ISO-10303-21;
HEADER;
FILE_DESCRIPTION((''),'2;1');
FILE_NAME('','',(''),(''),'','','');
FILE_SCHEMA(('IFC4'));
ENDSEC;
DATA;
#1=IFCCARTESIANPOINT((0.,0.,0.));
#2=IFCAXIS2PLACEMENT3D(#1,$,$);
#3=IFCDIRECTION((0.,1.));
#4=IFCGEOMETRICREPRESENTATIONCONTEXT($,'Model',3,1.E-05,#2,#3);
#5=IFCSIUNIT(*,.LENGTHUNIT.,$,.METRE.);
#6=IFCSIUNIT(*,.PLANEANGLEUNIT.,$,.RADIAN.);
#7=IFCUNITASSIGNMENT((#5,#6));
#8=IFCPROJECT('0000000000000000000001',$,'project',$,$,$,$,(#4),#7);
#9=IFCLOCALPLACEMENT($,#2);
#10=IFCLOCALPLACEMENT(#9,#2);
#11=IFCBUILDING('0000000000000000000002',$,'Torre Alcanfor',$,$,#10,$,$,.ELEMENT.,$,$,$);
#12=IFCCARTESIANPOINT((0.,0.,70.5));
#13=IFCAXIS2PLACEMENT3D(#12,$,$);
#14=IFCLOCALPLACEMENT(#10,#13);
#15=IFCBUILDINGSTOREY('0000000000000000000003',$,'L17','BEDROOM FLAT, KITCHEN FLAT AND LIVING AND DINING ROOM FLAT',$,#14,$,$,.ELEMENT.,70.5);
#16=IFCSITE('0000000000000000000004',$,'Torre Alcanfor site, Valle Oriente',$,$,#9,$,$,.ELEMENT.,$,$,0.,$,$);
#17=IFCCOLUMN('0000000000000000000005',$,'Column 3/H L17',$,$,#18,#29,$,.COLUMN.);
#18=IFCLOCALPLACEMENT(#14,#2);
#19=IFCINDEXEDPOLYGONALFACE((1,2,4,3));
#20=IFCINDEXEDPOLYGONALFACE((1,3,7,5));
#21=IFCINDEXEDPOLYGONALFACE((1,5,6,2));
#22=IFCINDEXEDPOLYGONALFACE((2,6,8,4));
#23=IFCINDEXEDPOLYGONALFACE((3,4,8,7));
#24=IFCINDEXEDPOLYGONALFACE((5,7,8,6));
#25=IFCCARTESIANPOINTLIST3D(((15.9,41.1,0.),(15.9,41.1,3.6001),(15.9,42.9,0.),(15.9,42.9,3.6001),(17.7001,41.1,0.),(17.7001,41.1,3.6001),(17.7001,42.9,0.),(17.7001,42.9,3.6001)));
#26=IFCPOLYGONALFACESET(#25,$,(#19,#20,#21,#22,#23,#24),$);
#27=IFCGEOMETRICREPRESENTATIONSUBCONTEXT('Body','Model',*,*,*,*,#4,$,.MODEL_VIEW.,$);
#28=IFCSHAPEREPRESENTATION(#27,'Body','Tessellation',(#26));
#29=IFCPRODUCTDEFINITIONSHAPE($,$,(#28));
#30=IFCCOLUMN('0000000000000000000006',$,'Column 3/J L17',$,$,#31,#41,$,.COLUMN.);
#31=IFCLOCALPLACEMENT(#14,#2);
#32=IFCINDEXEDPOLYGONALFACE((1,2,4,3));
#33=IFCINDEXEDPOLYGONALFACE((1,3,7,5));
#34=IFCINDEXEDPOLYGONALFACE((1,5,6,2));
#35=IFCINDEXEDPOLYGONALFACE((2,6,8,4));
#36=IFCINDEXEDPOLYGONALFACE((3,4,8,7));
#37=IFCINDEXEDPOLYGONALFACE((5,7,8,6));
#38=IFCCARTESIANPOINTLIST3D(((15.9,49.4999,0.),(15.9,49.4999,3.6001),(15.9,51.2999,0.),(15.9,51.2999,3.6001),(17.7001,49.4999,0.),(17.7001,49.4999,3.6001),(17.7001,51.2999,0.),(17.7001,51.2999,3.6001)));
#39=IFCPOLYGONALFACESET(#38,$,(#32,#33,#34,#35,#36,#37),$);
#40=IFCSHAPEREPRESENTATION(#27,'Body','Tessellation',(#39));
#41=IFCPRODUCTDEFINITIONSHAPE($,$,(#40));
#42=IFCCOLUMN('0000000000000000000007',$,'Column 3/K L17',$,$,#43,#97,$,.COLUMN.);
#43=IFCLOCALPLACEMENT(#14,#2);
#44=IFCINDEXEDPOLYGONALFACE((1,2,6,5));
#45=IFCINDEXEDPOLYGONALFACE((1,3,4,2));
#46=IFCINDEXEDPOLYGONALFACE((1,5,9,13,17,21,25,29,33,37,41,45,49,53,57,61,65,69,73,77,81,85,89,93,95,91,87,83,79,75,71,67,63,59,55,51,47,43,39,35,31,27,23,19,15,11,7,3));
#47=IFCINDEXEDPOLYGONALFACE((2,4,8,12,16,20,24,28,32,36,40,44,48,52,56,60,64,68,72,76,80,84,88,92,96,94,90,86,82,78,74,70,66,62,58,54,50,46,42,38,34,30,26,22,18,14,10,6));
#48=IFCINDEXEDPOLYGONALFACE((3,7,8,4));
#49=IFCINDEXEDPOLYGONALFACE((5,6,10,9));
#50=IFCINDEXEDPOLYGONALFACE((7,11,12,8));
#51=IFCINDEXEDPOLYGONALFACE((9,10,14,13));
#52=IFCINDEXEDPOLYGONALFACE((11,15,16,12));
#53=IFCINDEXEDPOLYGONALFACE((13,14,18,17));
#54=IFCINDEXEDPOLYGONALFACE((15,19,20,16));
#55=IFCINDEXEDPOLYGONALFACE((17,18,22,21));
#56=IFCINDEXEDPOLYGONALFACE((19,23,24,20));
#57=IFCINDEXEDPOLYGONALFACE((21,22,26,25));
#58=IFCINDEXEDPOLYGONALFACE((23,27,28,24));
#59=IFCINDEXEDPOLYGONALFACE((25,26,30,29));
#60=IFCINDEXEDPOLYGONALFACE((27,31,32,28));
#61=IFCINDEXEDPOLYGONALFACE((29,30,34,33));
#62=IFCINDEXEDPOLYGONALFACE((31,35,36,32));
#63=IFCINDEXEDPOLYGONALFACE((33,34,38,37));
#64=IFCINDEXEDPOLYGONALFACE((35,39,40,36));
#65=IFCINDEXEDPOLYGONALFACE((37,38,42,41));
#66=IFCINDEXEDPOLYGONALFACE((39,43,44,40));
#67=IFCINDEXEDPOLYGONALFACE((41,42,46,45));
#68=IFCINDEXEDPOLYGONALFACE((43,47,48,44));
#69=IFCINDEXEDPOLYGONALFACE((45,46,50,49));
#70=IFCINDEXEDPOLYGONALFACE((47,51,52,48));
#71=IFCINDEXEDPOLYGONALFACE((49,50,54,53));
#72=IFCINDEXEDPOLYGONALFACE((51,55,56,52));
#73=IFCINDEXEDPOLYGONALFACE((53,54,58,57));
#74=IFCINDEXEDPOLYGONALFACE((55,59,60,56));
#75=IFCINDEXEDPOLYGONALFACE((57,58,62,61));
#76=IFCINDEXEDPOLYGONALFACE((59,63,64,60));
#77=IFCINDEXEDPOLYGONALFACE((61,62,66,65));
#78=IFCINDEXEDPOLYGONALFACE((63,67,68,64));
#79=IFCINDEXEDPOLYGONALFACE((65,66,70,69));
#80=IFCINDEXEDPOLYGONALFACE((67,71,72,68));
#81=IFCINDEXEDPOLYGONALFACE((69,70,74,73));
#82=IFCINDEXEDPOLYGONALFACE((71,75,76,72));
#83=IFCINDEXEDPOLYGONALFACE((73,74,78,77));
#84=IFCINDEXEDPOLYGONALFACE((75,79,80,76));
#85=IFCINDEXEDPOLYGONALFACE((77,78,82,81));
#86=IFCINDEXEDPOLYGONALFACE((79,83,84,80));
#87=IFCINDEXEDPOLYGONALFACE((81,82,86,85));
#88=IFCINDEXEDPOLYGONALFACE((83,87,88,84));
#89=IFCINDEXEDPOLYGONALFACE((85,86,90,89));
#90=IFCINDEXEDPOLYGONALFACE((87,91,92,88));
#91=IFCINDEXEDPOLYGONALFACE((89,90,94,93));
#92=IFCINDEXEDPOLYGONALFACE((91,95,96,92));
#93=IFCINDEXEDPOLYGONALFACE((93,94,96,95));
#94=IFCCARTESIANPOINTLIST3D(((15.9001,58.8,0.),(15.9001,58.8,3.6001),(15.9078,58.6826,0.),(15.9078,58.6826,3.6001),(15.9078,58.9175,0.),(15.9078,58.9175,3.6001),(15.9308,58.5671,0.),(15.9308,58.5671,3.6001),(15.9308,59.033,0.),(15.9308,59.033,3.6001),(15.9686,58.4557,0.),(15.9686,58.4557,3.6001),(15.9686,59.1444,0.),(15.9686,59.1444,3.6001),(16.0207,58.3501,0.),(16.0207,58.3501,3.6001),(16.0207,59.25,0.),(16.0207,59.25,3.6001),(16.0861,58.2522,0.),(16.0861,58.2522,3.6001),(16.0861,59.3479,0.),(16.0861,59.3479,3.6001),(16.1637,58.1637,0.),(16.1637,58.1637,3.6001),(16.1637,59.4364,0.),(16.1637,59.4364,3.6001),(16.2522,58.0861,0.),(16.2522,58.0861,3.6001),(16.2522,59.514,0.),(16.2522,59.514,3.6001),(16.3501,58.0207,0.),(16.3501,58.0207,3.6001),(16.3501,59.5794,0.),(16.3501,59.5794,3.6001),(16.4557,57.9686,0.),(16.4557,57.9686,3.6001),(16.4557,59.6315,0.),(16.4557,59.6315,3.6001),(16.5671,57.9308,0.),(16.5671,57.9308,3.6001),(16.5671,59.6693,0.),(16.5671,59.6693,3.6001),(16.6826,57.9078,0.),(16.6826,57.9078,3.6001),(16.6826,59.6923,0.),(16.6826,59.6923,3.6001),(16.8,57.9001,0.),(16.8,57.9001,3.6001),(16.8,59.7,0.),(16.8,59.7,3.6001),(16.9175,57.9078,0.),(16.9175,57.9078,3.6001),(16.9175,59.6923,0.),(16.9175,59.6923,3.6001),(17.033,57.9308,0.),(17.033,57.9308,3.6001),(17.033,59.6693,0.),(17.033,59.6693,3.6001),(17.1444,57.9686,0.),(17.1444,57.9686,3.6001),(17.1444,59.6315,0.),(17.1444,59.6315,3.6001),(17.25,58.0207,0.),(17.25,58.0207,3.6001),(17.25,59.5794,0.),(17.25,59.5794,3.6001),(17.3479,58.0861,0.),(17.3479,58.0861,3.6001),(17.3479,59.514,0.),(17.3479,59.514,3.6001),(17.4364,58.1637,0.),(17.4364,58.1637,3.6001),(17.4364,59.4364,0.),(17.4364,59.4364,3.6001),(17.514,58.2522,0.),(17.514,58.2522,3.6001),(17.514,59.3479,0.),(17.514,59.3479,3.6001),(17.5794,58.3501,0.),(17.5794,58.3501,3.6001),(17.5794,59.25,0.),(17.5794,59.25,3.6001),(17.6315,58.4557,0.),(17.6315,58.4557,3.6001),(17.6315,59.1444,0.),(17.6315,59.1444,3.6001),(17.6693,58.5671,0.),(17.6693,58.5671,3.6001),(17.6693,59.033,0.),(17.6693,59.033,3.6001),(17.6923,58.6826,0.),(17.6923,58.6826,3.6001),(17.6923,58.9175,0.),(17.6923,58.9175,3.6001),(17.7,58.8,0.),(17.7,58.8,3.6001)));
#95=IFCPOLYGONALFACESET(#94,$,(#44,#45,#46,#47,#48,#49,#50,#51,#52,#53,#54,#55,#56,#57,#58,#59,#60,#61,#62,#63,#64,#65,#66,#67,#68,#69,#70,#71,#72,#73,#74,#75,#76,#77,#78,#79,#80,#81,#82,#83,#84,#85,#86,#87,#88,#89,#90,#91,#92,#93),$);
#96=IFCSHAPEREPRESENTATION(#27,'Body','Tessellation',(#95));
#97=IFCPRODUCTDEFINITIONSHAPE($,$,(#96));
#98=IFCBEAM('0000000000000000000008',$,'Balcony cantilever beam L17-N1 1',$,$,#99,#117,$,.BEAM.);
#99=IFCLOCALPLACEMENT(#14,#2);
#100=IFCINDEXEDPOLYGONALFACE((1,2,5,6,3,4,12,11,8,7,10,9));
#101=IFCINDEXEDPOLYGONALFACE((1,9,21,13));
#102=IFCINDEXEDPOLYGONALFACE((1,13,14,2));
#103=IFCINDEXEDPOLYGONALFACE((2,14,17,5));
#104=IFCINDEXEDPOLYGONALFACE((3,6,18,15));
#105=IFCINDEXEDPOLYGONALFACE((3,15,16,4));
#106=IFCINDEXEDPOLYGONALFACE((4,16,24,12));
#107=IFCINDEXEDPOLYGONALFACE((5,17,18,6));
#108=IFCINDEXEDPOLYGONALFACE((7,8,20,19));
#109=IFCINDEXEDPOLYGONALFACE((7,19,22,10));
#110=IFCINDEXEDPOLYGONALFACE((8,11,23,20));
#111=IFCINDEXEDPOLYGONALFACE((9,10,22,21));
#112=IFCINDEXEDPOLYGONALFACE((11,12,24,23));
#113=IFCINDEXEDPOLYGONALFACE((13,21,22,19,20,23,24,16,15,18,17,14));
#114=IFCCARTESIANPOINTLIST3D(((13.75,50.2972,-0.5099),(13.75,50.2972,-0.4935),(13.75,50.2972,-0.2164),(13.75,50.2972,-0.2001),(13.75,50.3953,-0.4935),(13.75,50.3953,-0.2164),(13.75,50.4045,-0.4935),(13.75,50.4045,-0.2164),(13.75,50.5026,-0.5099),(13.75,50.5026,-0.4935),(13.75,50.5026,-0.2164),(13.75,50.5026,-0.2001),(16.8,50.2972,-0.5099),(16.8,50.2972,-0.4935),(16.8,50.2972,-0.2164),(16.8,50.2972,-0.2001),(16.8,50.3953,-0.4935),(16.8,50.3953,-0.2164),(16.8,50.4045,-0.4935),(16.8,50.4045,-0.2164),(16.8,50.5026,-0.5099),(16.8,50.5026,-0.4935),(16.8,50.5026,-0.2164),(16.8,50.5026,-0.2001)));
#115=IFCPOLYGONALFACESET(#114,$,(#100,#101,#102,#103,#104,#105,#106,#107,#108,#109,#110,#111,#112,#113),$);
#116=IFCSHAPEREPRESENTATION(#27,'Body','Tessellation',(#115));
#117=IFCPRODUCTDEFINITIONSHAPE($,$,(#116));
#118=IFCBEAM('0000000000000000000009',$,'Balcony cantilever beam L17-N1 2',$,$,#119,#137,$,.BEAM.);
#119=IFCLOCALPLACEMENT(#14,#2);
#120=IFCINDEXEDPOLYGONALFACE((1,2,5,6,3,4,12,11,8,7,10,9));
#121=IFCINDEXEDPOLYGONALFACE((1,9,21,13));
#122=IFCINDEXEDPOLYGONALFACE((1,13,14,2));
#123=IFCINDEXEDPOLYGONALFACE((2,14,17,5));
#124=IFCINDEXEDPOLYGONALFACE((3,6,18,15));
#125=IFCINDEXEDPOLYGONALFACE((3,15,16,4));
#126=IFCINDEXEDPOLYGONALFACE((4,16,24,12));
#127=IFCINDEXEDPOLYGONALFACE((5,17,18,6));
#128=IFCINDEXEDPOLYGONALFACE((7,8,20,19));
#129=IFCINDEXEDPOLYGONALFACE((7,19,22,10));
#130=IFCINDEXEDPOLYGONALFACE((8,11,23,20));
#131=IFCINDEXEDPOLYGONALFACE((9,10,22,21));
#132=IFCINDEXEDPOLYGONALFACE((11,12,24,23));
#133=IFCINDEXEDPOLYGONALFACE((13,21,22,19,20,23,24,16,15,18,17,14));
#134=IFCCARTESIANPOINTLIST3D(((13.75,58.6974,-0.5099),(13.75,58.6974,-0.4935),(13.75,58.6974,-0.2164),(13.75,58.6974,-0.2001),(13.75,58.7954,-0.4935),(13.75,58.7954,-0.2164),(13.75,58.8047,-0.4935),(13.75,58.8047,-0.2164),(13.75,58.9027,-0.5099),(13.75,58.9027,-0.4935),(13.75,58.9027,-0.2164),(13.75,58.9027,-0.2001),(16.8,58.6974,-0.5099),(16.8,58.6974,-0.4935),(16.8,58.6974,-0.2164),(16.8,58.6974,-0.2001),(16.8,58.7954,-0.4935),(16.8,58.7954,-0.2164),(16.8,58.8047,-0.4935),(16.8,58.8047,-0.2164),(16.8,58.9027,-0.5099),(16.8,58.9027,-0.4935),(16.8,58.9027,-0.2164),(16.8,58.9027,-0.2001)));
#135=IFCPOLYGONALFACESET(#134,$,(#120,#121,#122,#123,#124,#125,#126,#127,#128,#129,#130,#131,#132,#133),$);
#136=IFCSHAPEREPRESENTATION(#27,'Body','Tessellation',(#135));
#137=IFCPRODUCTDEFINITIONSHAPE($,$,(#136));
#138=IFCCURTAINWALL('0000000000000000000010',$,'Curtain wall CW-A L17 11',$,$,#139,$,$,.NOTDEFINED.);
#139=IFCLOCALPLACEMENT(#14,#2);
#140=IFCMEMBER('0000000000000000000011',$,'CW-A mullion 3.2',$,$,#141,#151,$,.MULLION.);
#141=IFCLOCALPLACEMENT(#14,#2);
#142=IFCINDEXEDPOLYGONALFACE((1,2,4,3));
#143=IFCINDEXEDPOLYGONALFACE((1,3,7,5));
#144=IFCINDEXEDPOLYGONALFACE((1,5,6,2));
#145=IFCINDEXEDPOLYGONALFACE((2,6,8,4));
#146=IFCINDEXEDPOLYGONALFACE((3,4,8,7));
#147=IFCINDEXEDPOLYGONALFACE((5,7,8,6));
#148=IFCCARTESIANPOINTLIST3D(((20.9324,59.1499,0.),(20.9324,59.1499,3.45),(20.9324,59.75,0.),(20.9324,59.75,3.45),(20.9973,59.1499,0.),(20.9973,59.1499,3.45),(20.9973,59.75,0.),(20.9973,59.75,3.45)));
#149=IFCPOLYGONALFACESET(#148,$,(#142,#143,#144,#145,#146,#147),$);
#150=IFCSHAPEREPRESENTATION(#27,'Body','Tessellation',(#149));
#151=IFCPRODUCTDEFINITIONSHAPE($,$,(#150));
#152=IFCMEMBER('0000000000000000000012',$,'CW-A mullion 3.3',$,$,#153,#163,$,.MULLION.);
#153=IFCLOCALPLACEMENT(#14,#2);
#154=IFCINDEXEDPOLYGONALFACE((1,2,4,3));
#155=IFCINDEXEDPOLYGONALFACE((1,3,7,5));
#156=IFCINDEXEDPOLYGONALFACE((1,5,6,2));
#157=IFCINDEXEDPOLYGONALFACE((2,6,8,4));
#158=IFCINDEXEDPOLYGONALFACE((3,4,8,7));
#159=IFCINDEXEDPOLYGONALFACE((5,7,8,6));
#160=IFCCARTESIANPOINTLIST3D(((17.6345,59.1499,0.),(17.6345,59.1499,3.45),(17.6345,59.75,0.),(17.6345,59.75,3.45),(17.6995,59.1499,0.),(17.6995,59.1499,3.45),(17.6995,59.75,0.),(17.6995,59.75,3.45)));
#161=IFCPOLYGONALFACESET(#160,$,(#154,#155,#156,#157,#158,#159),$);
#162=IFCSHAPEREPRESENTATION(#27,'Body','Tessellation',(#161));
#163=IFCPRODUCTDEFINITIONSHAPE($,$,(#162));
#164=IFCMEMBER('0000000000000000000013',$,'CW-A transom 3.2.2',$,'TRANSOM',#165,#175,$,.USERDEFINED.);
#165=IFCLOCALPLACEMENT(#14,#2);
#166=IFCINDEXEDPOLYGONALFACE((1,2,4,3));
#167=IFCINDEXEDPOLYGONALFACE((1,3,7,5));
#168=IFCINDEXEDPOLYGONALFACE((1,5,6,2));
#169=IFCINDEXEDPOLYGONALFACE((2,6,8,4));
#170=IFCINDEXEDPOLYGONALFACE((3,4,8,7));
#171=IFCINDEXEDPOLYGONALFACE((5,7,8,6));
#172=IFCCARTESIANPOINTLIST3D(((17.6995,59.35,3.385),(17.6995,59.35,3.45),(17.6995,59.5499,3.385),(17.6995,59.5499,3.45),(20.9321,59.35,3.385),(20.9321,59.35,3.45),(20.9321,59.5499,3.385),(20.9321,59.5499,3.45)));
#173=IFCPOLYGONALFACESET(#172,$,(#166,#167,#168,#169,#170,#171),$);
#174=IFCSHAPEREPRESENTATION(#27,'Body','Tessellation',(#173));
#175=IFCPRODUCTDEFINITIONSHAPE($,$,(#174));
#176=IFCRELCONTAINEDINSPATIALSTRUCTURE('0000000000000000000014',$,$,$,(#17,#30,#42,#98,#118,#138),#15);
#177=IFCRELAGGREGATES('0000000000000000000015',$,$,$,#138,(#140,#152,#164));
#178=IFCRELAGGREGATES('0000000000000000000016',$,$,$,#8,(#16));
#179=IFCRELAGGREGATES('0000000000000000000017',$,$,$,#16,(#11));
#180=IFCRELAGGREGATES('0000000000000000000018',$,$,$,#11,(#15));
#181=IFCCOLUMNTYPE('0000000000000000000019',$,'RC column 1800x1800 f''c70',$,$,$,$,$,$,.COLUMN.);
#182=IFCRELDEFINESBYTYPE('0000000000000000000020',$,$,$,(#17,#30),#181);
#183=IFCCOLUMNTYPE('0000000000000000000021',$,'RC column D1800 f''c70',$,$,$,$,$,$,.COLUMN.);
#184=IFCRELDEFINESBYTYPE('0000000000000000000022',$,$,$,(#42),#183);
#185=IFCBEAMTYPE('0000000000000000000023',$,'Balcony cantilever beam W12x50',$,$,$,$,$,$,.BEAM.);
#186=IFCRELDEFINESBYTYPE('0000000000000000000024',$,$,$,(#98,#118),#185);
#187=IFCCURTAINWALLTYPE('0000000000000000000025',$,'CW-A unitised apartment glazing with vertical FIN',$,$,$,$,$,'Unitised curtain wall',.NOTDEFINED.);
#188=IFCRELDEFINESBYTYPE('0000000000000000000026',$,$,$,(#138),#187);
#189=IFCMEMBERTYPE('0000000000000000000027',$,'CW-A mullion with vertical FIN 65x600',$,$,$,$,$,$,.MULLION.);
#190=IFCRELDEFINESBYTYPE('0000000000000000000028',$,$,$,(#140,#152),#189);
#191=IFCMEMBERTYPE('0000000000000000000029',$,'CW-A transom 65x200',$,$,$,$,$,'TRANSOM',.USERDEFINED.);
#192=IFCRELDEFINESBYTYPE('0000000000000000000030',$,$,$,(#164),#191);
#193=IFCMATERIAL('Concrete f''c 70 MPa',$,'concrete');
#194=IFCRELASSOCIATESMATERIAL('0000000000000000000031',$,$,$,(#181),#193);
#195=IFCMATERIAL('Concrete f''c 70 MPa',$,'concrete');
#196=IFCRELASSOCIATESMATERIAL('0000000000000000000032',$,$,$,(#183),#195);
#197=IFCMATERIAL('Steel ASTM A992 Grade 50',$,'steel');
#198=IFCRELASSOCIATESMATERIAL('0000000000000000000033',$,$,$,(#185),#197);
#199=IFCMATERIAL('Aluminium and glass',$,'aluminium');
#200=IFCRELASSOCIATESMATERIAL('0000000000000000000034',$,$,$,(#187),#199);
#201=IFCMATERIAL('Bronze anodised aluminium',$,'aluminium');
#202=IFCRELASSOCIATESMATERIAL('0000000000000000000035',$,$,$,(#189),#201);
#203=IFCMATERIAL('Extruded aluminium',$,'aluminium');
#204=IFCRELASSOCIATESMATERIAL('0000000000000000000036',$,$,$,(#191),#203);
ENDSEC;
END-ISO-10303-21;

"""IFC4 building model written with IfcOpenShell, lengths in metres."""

from ifc_helpers import new_model, si_unit, direction, frame, origin, origin_2d, place, context, subcontext, project, spatial, rectangle, circle, i_section, extrude, material, material_profile, profile_set, type_object, element, aggregate, save


model = new_model("IFC4")

# Units and contexts
model_context = context("Model", 3, precision=1e-05, world=origin(), true_north=direction((0.0, 1.0)))
body_context = subcontext(model_context, "Body", "Model", "MODEL_VIEW")
ifc_project = project(units=[si_unit("LENGTHUNIT", "METRE"), si_unit("PLANEANGLEUNIT", "RADIAN")], contexts=[model_context])

# Site, building, storey
site_placement = place(None, origin())
site = spatial("IfcSite", under=ifc_project, at=site_placement, Name="Torre Alcanfor site, Valle Oriente", CompositionType="ELEMENT", RefElevation=0.0)
building_placement = place(site_placement, origin())
building = spatial("IfcBuilding", under=site, at=building_placement, Name="Torre Alcanfor", CompositionType="ELEMENT")
storey_placement = place(building_placement, frame((0.0, 0.0, 70.5)))
storey = spatial("IfcBuildingStorey", under=building, at=storey_placement, Name="L17", Description="BEDROOM FLAT, KITCHEN FLAT AND LIVING AND DINING ROOM FLAT", CompositionType="ELEMENT", Elevation=70.5)

# Columns
ifc_material_1 = material(Name="Concrete f'c 70 MPa", Category="concrete")
ifc_material_profile_1 = material_profile(ifc_material_1, rectangle(XDim=1.8, YDim=1.8, at=origin_2d()), Name="1800x1800")
ifc_profile_set_1 = profile_set([ifc_material_profile_1], Name="Concrete f'c 70 MPa")
column_type_1 = type_object("IfcColumnType", Name="RC column 1800x1800 f'c70", PredefinedType="COLUMN", material=ifc_profile_set_1)
for number, where, z_axis, x_axis, name in (
    (1, (16.8, 42.0, 0.0), (0.0, 0.0, 1.0), (1.0, 0.0, 0.0), "Column 3/H L17"),
    (2, (16.8, 50.3999, 0.0), (0.0, 0.0, 1.0), (1.0, 0.0, 0.0), "Column 3/J L17"),
):
    element("IfcColumn", number, at=place(storey_placement, frame(where, z_axis=z_axis, x_axis=x_axis)), inside=storey, type_object=column_type_1, Name=name, PredefinedType="COLUMN", context=body_context, shape_type="SweptSolid", body=[
        extrude(rectangle(XDim=1.8, YDim=1.8, at=origin_2d()), origin(), (0.0, 0.0, 1.0), 3.6001),
    ])
ifc_material_2 = material(Name="Concrete f'c 70 MPa", Category="concrete")
ifc_material_profile_2 = material_profile(ifc_material_2, circle(Radius=0.8999, at=origin_2d()), Name="D1800")
ifc_profile_set_2 = profile_set([ifc_material_profile_2], Name="Concrete f'c 70 MPa")
column_type_2 = type_object("IfcColumnType", Name="RC column D1800 f'c70", PredefinedType="COLUMN", material=ifc_profile_set_2)
column_placement = place(storey_placement, frame((16.8, 58.8, 0.0), z_axis=(0.0, 0.0, 1.0), x_axis=(1.0, 0.0, 0.0)))
element("IfcColumn", 3, at=column_placement, inside=storey, type_object=column_type_2, Name="Column 3/K L17", PredefinedType="COLUMN", context=body_context, shape_type="SweptSolid", body=[
    extrude(circle(Radius=0.8999, at=origin_2d()), origin(), (0.0, 0.0, 1.0), 3.6001),
])

# Beams
ifc_material_3 = material(Name="Steel ASTM A992 Grade 50", Category="steel")
ifc_material_profile_3 = material_profile(ifc_material_3, i_section(OverallWidth=0.2053, OverallDepth=0.3098, WebThickness=0.0093, FlangeThickness=0.0164, at=origin_2d()), Name="W12x50")
ifc_profile_set_3 = profile_set([ifc_material_profile_3], Name="Steel ASTM A992 Grade 50")
beam_type_1 = type_object("IfcBeamType", Name="Balcony cantilever beam W12x50", PredefinedType="BEAM", material=ifc_profile_set_3)
for number, where, z_axis, x_axis, name in (
    (4, (16.8, 50.3999, -0.355), (-1.0, 0.0, 0.0), (0.0, -1.0, 0.0), "Balcony cantilever beam L17-N1 1"),
    (5, (16.8, 58.8, -0.355), (-1.0, 0.0, 0.0), (0.0, -1.0, 0.0), "Balcony cantilever beam L17-N1 2"),
):
    element("IfcBeam", number, at=place(storey_placement, frame(where, z_axis=z_axis, x_axis=x_axis)), inside=storey, type_object=beam_type_1, Name=name, PredefinedType="BEAM", context=body_context, shape_type="SweptSolid", body=[
        extrude(i_section(OverallWidth=0.2053, OverallDepth=0.3098, WebThickness=0.0093, FlangeThickness=0.0164, at=origin_2d()), origin(), (0.0, 0.0, 1.0), 3.05),
    ])

# Curtain wall, members
ifc_material_4 = material(Name="Aluminium and glass", Category="aluminium")
curtain_wall_type = type_object("IfcCurtainWallType", Name="CW-A unitised apartment glazing with vertical FIN", ElementType="Unitised curtain wall", PredefinedType="NOTDEFINED", material=ifc_material_4)
curtain_wall_placement = place(storey_placement, origin())
curtain_wall = element("IfcCurtainWall", 6, at=curtain_wall_placement, inside=storey, type_object=curtain_wall_type, Name="Curtain wall CW-A L17 11", PredefinedType="NOTDEFINED")
ifc_material_5 = material(Name="Bronze anodised aluminium", Category="aluminium")
ifc_material_profile_4 = material_profile(ifc_material_5, rectangle(XDim=0.6001, YDim=0.0649, at=origin_2d()), Name="CW-A mullion 65x600")
ifc_profile_set_4 = profile_set([ifc_material_profile_4], Name="Bronze anodised aluminium")
member_type_1 = type_object("IfcMemberType", Name="CW-A mullion with vertical FIN 65x600", PredefinedType="MULLION", material=ifc_profile_set_4)
member_1_placement = place(storey_placement, frame((20.9648, 59.45, 0.0), z_axis=(0.0, 0.0, 1.0), x_axis=(0.0, -1.0, 0.0)))
member_1 = element("IfcMember", 7, at=member_1_placement, type_object=member_type_1, Name="CW-A mullion 3.2", PredefinedType="MULLION", context=body_context, shape_type="SweptSolid", body=[
    extrude(rectangle(XDim=0.6001, YDim=0.0649, at=origin_2d()), origin(), (0.0, 0.0, 1.0), 3.45),
])
member_2_placement = place(storey_placement, frame((17.667, 59.45, 0.0), z_axis=(0.0, 0.0, 1.0), x_axis=(0.0, -1.0, 0.0)))
member_2 = element("IfcMember", 8, at=member_2_placement, type_object=member_type_1, Name="CW-A mullion 3.3", PredefinedType="MULLION", context=body_context, shape_type="SweptSolid", body=[
    extrude(rectangle(XDim=0.6001, YDim=0.0649, at=origin_2d()), origin(), (0.0, 0.0, 1.0), 3.45),
])
ifc_material_6 = material(Name="Extruded aluminium", Category="aluminium")
ifc_material_profile_5 = material_profile(ifc_material_6, rectangle(XDim=0.2, YDim=0.0649, at=origin_2d()), Name="CW-A transom 200x65")
ifc_profile_set_5 = profile_set([ifc_material_profile_5], Name="Extruded aluminium")
member_type_2 = type_object("IfcMemberType", Name="CW-A transom 65x200", ElementType="TRANSOM", PredefinedType="USERDEFINED", material=ifc_profile_set_5)
member_3_placement = place(storey_placement, frame((20.9321, 59.45, 3.4175), z_axis=(-1.0, 0.0, 0.0), x_axis=(0.0, -1.0, 0.0)))
member_3 = element("IfcMember", 9, at=member_3_placement, type_object=member_type_2, Name="CW-A transom 3.2.2", ObjectType="TRANSOM", PredefinedType="USERDEFINED", context=body_context, shape_type="SweptSolid", body=[
    extrude(rectangle(XDim=0.2, YDim=0.0649, at=origin_2d()), origin(), (0.0, 0.0, 1.0), 3.2327),
])

aggregate(curtain_wall, [member_1, member_2, member_3])

save(model, "model.ifc")
